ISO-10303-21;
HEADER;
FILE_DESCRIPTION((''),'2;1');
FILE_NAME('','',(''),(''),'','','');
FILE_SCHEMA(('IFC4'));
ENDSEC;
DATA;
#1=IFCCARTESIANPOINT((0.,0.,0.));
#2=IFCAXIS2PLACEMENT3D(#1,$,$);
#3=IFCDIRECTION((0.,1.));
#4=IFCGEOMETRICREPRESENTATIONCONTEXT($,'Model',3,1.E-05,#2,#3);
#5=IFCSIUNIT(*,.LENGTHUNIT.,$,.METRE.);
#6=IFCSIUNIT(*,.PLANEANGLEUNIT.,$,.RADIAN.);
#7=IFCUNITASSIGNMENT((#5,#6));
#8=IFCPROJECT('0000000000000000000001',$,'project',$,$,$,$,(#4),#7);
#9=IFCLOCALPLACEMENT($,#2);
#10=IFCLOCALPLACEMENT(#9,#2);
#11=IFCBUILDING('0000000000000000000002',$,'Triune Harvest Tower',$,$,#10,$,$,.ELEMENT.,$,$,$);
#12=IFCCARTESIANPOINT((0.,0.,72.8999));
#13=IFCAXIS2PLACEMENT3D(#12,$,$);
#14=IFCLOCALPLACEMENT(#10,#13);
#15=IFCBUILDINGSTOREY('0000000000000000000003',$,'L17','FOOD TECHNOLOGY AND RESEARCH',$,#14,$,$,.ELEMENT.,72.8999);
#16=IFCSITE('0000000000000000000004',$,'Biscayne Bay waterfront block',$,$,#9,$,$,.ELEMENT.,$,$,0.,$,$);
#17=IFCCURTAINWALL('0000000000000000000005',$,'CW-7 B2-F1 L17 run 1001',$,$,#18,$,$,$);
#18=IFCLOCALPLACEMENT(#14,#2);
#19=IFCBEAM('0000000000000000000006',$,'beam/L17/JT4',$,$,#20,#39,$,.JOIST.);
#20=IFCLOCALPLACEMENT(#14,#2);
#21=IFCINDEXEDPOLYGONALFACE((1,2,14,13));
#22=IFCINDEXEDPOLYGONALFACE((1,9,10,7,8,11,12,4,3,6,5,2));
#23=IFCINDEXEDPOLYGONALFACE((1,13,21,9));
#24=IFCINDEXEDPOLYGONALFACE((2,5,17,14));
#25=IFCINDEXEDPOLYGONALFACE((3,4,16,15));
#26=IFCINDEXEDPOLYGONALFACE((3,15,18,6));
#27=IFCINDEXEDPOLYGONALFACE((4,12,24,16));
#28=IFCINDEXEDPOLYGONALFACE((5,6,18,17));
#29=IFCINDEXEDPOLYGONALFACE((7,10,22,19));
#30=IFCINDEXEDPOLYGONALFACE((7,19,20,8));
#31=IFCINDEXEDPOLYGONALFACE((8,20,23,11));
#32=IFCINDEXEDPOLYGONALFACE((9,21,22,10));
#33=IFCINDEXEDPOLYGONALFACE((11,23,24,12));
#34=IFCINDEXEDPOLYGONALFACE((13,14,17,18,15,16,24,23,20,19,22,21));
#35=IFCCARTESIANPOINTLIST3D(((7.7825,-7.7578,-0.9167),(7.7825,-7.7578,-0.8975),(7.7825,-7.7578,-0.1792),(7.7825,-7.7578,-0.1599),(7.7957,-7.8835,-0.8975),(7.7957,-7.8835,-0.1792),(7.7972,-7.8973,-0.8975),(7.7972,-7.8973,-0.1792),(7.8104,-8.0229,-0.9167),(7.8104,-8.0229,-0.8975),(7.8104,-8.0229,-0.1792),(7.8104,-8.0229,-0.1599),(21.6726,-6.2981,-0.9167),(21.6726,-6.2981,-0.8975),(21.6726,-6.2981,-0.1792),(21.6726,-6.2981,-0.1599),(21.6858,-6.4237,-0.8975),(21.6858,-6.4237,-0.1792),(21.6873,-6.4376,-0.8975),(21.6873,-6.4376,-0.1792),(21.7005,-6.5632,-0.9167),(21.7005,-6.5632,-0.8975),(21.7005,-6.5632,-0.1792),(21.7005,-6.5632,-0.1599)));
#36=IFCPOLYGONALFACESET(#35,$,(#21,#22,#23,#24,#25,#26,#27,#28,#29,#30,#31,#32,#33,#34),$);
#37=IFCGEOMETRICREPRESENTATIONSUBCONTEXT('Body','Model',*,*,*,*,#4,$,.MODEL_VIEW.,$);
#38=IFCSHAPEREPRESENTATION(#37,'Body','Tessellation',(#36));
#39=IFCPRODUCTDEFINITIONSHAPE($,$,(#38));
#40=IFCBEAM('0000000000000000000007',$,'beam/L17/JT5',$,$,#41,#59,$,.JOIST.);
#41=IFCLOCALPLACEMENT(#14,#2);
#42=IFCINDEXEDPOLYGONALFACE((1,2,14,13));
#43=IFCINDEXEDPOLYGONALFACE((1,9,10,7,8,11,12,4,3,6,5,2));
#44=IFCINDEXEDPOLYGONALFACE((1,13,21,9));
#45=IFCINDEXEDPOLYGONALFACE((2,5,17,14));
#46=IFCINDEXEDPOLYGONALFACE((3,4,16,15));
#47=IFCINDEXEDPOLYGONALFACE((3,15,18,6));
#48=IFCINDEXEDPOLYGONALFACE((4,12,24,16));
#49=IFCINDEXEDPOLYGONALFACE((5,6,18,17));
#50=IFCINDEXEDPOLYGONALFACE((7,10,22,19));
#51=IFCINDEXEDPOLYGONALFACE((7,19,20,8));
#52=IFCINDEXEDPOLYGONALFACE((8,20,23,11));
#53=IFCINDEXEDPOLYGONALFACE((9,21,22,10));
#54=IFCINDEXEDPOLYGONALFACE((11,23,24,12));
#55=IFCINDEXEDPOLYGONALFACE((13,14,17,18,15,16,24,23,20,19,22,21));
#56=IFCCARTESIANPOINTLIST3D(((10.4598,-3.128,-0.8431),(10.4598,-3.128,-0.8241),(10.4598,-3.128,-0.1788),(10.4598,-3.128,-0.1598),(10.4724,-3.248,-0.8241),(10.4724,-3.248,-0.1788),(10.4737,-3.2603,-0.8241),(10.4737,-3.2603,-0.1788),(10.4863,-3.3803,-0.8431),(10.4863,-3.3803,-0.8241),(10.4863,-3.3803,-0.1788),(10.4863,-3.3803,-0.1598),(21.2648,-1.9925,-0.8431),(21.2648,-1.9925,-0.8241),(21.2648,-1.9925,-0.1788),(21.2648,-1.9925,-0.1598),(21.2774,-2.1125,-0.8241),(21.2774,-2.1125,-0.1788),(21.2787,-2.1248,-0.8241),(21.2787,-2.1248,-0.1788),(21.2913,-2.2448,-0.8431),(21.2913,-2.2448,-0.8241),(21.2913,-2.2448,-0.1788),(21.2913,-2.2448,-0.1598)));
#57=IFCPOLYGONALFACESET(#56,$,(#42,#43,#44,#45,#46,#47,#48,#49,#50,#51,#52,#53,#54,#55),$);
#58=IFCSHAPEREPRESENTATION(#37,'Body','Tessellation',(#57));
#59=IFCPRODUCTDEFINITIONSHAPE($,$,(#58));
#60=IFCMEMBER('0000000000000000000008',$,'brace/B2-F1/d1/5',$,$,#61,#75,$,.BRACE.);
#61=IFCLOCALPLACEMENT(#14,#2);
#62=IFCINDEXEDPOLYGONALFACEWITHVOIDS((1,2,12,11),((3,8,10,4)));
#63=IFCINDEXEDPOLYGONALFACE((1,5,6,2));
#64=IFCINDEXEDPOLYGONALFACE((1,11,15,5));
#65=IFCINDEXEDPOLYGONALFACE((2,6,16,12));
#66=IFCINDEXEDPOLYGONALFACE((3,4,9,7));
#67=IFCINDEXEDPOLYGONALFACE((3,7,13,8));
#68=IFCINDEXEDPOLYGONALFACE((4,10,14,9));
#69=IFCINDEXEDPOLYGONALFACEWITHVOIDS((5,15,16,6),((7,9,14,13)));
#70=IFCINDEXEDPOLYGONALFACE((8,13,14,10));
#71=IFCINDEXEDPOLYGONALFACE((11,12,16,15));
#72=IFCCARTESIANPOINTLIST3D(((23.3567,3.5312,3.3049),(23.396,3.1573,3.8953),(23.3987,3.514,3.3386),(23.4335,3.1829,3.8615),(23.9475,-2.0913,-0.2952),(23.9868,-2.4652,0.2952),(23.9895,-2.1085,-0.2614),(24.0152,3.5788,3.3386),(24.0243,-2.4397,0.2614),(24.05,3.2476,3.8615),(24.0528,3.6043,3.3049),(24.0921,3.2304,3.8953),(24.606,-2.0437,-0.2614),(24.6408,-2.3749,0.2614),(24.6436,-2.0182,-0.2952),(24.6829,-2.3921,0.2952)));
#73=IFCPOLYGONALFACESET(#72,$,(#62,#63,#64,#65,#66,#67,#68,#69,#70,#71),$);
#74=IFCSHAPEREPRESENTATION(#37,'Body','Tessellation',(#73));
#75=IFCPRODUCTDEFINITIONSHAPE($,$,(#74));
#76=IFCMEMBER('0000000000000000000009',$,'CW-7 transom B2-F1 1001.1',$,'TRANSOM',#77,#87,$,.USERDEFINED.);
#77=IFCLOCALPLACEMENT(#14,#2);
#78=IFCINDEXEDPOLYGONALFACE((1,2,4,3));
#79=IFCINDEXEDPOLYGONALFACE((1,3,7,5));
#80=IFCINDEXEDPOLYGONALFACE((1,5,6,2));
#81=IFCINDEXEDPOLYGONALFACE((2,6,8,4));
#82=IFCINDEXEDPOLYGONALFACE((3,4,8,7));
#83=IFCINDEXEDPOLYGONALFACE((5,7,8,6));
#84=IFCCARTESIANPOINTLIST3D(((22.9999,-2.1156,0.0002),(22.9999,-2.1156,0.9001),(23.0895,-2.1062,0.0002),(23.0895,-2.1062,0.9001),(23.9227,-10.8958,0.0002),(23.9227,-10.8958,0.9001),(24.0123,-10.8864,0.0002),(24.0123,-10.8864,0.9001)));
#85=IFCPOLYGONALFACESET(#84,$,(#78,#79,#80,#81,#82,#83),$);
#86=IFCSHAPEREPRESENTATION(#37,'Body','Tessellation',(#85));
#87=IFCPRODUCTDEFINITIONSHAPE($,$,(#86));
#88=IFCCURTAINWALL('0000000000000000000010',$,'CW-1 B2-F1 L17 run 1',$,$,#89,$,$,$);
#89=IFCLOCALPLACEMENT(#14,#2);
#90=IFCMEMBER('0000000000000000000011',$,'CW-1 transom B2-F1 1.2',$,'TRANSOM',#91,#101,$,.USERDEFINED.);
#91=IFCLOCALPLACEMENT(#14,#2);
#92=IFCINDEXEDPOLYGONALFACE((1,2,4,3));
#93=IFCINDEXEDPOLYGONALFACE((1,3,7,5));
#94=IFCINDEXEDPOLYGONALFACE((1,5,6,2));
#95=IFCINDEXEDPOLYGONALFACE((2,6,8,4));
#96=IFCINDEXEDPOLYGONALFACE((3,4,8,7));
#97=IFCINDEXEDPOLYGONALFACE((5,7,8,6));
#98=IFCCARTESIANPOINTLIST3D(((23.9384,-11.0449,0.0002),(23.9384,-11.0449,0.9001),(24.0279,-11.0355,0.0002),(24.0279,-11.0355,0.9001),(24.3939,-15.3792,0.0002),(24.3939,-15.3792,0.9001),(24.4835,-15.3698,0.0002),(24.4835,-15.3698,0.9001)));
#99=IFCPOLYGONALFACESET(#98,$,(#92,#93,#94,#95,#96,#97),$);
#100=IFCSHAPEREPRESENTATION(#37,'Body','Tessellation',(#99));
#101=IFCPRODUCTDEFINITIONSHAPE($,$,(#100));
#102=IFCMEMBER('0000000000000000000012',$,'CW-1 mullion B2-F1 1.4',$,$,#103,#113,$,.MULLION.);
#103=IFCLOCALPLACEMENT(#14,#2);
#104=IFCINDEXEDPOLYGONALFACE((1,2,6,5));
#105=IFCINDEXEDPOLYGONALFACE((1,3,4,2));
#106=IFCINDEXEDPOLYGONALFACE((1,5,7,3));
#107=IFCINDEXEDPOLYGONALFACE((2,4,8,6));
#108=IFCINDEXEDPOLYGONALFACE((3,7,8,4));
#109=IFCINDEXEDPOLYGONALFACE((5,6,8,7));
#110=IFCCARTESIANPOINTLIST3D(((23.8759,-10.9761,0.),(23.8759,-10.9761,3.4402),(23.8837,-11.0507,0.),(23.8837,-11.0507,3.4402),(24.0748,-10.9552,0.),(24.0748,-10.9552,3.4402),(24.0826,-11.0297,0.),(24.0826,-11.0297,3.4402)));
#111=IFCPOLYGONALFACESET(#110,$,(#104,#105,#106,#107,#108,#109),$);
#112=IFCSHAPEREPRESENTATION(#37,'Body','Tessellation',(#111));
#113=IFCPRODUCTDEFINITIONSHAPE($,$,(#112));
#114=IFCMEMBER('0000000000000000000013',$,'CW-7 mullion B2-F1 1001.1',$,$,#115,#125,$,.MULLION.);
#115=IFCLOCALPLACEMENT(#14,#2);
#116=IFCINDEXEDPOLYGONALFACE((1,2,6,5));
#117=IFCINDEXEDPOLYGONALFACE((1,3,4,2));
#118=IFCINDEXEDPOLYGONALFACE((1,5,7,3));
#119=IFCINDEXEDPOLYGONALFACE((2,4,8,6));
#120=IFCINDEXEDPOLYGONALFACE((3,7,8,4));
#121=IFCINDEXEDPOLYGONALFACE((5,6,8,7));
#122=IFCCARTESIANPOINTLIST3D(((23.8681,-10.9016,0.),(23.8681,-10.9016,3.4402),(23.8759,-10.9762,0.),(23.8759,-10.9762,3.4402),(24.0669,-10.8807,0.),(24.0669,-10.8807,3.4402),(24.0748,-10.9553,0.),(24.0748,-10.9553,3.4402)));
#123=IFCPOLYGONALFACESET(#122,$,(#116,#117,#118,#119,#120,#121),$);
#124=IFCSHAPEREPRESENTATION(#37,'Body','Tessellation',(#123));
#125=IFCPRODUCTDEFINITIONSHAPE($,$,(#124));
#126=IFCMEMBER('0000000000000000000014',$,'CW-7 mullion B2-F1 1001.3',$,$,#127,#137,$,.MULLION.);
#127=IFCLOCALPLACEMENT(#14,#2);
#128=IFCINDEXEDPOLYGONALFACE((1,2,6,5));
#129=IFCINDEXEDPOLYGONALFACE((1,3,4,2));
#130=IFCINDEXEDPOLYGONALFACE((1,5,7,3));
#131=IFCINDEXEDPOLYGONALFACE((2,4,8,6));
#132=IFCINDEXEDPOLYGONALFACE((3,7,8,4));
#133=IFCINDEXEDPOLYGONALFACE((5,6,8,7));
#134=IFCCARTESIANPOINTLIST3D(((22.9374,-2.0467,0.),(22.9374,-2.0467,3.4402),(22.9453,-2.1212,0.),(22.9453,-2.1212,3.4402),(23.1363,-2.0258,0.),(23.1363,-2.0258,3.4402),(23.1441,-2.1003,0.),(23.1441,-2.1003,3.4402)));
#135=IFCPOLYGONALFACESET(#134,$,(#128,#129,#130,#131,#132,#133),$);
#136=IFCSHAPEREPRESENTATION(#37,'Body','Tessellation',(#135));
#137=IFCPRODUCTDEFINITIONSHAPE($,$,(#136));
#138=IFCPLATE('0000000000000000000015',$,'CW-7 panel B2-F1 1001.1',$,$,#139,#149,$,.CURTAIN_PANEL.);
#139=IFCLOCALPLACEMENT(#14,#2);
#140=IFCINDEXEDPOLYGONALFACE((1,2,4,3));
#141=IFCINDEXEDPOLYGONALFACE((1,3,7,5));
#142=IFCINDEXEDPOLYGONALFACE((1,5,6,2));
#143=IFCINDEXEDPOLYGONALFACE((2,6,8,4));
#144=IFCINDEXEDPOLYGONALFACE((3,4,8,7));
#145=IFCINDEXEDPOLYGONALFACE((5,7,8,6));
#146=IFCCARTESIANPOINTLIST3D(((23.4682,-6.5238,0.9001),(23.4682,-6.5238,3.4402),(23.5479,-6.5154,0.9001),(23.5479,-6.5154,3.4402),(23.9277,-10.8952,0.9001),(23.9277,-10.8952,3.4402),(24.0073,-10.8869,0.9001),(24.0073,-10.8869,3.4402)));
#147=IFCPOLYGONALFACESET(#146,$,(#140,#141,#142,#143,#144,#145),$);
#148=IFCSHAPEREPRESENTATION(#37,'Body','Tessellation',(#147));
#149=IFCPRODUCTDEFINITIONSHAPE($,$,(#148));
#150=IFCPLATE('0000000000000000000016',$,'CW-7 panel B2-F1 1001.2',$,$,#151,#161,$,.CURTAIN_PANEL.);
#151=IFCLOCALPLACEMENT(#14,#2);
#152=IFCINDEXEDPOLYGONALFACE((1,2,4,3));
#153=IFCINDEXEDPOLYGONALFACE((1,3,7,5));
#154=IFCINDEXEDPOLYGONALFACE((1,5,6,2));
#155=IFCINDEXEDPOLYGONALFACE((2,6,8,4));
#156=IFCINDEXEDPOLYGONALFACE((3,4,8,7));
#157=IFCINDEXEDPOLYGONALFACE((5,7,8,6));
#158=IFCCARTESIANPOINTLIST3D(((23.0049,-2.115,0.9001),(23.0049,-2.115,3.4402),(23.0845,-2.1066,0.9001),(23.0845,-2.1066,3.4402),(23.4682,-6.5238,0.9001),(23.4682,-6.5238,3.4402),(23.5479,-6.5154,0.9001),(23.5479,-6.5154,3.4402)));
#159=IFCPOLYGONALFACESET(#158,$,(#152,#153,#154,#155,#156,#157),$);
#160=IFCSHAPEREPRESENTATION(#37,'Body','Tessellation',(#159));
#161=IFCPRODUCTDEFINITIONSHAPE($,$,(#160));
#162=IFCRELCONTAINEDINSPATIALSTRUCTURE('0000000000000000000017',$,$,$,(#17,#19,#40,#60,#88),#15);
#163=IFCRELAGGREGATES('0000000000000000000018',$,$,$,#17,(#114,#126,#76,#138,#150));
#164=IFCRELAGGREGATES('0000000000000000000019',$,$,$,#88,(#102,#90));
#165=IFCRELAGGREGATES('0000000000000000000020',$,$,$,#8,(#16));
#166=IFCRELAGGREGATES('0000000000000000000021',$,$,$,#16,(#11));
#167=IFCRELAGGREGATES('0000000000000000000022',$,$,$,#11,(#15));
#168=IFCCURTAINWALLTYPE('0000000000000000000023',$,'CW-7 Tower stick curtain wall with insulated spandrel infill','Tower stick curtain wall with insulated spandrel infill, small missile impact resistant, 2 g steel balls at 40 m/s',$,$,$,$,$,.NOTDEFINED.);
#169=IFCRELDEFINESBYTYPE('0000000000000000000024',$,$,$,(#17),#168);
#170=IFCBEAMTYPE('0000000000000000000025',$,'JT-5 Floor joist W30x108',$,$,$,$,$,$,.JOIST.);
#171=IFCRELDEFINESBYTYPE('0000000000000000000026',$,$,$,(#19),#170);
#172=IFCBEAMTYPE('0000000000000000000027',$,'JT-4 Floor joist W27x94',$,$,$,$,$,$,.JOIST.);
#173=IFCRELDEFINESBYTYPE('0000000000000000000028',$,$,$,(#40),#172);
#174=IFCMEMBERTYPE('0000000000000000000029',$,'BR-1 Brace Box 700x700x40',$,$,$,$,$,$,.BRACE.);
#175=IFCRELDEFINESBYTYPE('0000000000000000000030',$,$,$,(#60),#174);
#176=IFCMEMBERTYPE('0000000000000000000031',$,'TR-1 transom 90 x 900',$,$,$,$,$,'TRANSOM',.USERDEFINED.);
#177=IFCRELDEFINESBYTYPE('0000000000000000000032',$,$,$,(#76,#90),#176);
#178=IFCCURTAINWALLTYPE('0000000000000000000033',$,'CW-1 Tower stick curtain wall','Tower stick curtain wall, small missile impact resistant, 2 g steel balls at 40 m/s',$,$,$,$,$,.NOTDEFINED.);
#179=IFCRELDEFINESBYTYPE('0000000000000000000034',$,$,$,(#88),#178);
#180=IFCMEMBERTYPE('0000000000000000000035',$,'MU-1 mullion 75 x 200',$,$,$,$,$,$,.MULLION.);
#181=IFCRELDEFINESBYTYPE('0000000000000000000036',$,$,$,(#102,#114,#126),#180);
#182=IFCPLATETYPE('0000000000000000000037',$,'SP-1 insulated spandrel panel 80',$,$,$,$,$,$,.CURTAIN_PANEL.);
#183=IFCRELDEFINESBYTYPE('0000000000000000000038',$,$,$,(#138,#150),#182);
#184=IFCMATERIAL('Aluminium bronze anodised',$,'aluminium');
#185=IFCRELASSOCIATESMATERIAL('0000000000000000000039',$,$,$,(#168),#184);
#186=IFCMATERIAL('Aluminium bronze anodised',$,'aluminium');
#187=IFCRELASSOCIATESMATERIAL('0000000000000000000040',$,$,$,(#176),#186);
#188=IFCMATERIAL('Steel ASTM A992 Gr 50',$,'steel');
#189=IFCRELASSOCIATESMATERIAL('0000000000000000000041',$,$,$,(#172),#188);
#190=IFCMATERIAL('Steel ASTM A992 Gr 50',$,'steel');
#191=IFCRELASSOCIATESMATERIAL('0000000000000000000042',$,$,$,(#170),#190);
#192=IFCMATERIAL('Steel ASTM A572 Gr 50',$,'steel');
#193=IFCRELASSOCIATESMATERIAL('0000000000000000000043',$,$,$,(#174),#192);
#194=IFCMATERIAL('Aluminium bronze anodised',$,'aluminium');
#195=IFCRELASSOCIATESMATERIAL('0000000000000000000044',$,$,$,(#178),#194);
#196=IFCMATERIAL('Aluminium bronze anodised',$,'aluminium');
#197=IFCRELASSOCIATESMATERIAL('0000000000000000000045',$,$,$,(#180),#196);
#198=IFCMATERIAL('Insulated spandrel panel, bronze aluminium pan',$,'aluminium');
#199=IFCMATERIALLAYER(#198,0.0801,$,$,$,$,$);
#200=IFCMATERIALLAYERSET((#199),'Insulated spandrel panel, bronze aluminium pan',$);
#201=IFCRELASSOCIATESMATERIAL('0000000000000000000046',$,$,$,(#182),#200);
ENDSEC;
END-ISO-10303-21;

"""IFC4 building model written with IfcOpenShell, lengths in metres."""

from ifc_helpers import new_model, si_unit, direction, frame, origin, origin_2d, place, context, subcontext, project, spatial, rectangle, hollow_rectangle, i_section, extrude, source, transform, mapped, material, layer, layer_set, material_profile, profile_set, type_object, element, aggregate, save


model = new_model("IFC4")

# Units and contexts
model_context = context("Model", 3, precision=1e-05, world=origin(), true_north=direction((0.0, 1.0)))
body_context = subcontext(model_context, "Body", "Model", "MODEL_VIEW")
ifc_project = project(units=[si_unit("LENGTHUNIT", "METRE"), si_unit("PLANEANGLEUNIT", "RADIAN")], contexts=[model_context])

# Site, building, storey
site_placement = place(None, origin())
site = spatial("IfcSite", under=ifc_project, at=site_placement, Name="Biscayne Bay waterfront block", CompositionType="ELEMENT", RefElevation=0.0)
building_placement = place(site_placement, origin())
building = spatial("IfcBuilding", under=site, at=building_placement, Name="Triune Harvest Tower", CompositionType="ELEMENT")
storey_placement = place(building_placement, frame((0.0, 0.0, 72.8999)))
storey = spatial("IfcBuildingStorey", under=building, at=storey_placement, Name="L17", Description="FOOD TECHNOLOGY AND RESEARCH", CompositionType="ELEMENT", Elevation=72.8999)

# Curtain wall
ifc_material_1 = material(Name="Aluminium bronze anodised", Category="aluminium")
curtain_wall_type_1 = type_object("IfcCurtainWallType", Name="CW-7 Tower stick curtain wall with insulated spandrel infill", Description="Tower stick curtain wall with insulated spandrel infill, small missile impact resistant, 2 g steel balls at 40 m/s", PredefinedType="NOTDEFINED", material=ifc_material_1)
curtain_wall_1_placement = place(storey_placement, origin())
curtain_wall_1 = element("IfcCurtainWall", 1, at=curtain_wall_1_placement, inside=storey, type_object=curtain_wall_type_1, Name="CW-7 B2-F1 L17 run 1001")
ifc_material_2 = material(Name="Aluminium bronze anodised", Category="aluminium")
ifc_material_profile_1 = material_profile(ifc_material_2, rectangle(XDim=0.0901, YDim=0.8999, at=origin_2d()), Name="TR-1 transom 90 x 900")
ifc_profile_set_1 = profile_set([ifc_material_profile_1], Name="Aluminium bronze anodised")
member_type_1 = type_object("IfcMemberType", Name="TR-1 transom 90 x 900", ElementType="TRANSOM", PredefinedType="USERDEFINED", material=ifc_profile_set_1)

# Beams
ifc_material_3 = material(Name="Steel ASTM A992 Gr 50", Category="steel")
ifc_material_profile_2 = material_profile(ifc_material_3, i_section(OverallWidth=0.2537, OverallDepth=0.6833, WebThickness=0.0125, FlangeThickness=0.019, at=origin_2d()), Name="W27x94")
ifc_profile_set_2 = profile_set([ifc_material_profile_2], Name="Steel ASTM A992 Gr 50")
beam_type_1 = type_object("IfcBeamType", Name="JT-4 Floor joist W27x94", PredefinedType="JOIST", material=ifc_profile_set_2)
ifc_material_4 = material(Name="Steel ASTM A992 Gr 50", Category="steel")
ifc_material_profile_3 = material_profile(ifc_material_4, i_section(OverallWidth=0.2666, OverallDepth=0.7568, WebThickness=0.0139, FlangeThickness=0.0193, at=origin_2d()), Name="W30x108")
ifc_profile_set_3 = profile_set([ifc_material_profile_3], Name="Steel ASTM A992 Gr 50")
beam_type_2 = type_object("IfcBeamType", Name="JT-5 Floor joist W30x108", PredefinedType="JOIST", material=ifc_profile_set_3)
shared_shape_1 = source(origin(), body_context, "Body", "SweptSolid", [
    extrude(i_section(OverallWidth=0.2666, OverallDepth=0.7568, WebThickness=0.0139, FlangeThickness=0.0193, at=origin_2d()), origin(), (0.0, 0.0, 1.0), 13.9666),
])
beam_1_placement = place(storey_placement, frame((21.6865, -6.4307, -0.5383), z_axis=(-0.994523, -0.104515, 0.0), x_axis=(0.104515, -0.994523, 0.0)))
element("IfcBeam", 2, at=beam_1_placement, inside=storey, type_object=beam_type_2, Name="beam/L17/JT4", PredefinedType="JOIST", context=body_context, shape_type="MappedRepresentation", body=[
    mapped(shared_shape_1, transform((0.0, 0.0, 0.0), scale=1.0)),
])
shared_shape_2 = source(origin(), body_context, "Body", "SweptSolid", [
    extrude(i_section(OverallWidth=0.2537, OverallDepth=0.6833, WebThickness=0.0125, FlangeThickness=0.019, at=origin_2d()), origin(), (0.0, 0.0, 1.0), 10.8645),
])
beam_2_placement = place(storey_placement, frame((21.2781, -2.1187, -0.5015), z_axis=(-0.994523, -0.104515, 0.0), x_axis=(0.104515, -0.994523, 0.0)))
element("IfcBeam", 3, at=beam_2_placement, inside=storey, type_object=beam_type_1, Name="beam/L17/JT5", PredefinedType="JOIST", context=body_context, shape_type="MappedRepresentation", body=[
    mapped(shared_shape_2, transform((0.0, 0.0, 0.0), scale=1.0)),
])

# Members
ifc_material_5 = material(Name="Steel ASTM A572 Gr 50", Category="steel")
ifc_material_profile_4 = material_profile(ifc_material_5, hollow_rectangle(XDim=0.7, YDim=0.7, WallThickness=0.04, at=origin_2d()), Name="Box 700x700x40")
ifc_profile_set_4 = profile_set([ifc_material_profile_4], Name="Steel ASTM A572 Gr 50")
member_type_2 = type_object("IfcMemberType", Name="BR-1 Brace Box 700x700x40", PredefinedType="BRACE", material=ifc_profile_set_4)
shared_shape_3 = source(origin(), body_context, "Body", "SweptSolid", [
    extrude(hollow_rectangle(XDim=0.7, YDim=0.7, WallThickness=0.04, at=origin_2d()), origin(), (0.0, 0.0, 1.0), 6.7024),
])
member_1_placement = place(storey_placement, frame((24.3152, -2.2417, 0.0), z_axis=(-0.08815, 0.83888, 0.537131), x_axis=(-0.994524, -0.104505, 0.0)))
element("IfcMember", 4, at=member_1_placement, inside=storey, type_object=member_type_2, Name="brace/B2-F1/d1/5", PredefinedType="BRACE", context=body_context, shape_type="MappedRepresentation", body=[
    mapped(shared_shape_3, transform((0.0, 0.0, 0.0), scale=1.0)),
])
shared_shape_4 = source(origin(), body_context, "Body", "SweptSolid", [
    extrude(rectangle(XDim=0.0901, YDim=0.8999, at=origin_2d()), origin(), (0.0, 0.0, 1.0), 8.8286),
])
member_2_placement = place(storey_placement, frame((23.9675, -10.8911, 0.4502), z_axis=(-0.104529, 0.994522, 0.0), x_axis=(-0.994522, -0.104529, 0.0)))
member_2 = element("IfcMember", 5, at=member_2_placement, type_object=member_type_1, Name="CW-7 transom B2-F1 1001.1", ObjectType="TRANSOM", PredefinedType="USERDEFINED", context=body_context, shape_type="MappedRepresentation", body=[
    mapped(shared_shape_4, transform((0.0, 0.0, 0.0), scale=1.0)),
])

# Curtain wall, members
ifc_material_6 = material(Name="Aluminium bronze anodised", Category="aluminium")
curtain_wall_type_2 = type_object("IfcCurtainWallType", Name="CW-1 Tower stick curtain wall", Description="Tower stick curtain wall, small missile impact resistant, 2 g steel balls at 40 m/s", PredefinedType="NOTDEFINED", material=ifc_material_6)
curtain_wall_2_placement = place(storey_placement, origin())
curtain_wall_2 = element("IfcCurtainWall", 6, at=curtain_wall_2_placement, inside=storey, type_object=curtain_wall_type_2, Name="CW-1 B2-F1 L17 run 1")
shared_shape_5 = source(origin(), body_context, "Body", "SweptSolid", [
    extrude(rectangle(XDim=0.0901, YDim=0.8999, at=origin_2d()), origin(), (0.0, 0.0, 1.0), 4.3582),
])
member_3_placement = place(storey_placement, frame((24.4387, -15.3745, 0.4502), z_axis=(-0.104533, 0.994521, 0.0), x_axis=(-0.994521, -0.104533, 0.0)))
member_3 = element("IfcMember", 7, at=member_3_placement, type_object=member_type_1, Name="CW-1 transom B2-F1 1.2", ObjectType="TRANSOM", PredefinedType="USERDEFINED", context=body_context, shape_type="MappedRepresentation", body=[
    mapped(shared_shape_5, transform((0.0, 0.0, 0.0), scale=1.0)),
])
ifc_material_7 = material(Name="Aluminium bronze anodised", Category="aluminium")
ifc_material_profile_5 = material_profile(ifc_material_7, rectangle(XDim=0.2, YDim=0.075, at=origin_2d()), Name="MU-1 mullion 75 x 200")
ifc_profile_set_5 = profile_set([ifc_material_profile_5], Name="Aluminium bronze anodised")
member_type_3 = type_object("IfcMemberType", Name="MU-1 mullion 75 x 200", PredefinedType="MULLION", material=ifc_profile_set_5)
shared_shape_6 = source(origin(), body_context, "Body", "SweptSolid", [
    extrude(rectangle(XDim=0.2, YDim=0.075, at=origin_2d()), origin(), (0.0, 0.0, 1.0), 3.4402),
])
member_4_placement = place(storey_placement, frame((23.9792, -11.0029, 0.0), z_axis=(0.0, 0.0, 1.0), x_axis=(-0.994522, -0.104527, 0.0)))
member_4 = element("IfcMember", 8, at=member_4_placement, type_object=member_type_3, Name="CW-1 mullion B2-F1 1.4", PredefinedType="MULLION", context=body_context, shape_type="MappedRepresentation", body=[
    mapped(shared_shape_6, transform((0.0, 0.0, 0.0), scale=1.0)),
])

# Members
member_5_placement = place(storey_placement, frame((23.9714, -10.9285, 0.0), z_axis=(0.0, 0.0, 1.0), x_axis=(-0.994522, -0.104528, 0.0)))
member_5 = element("IfcMember", 9, at=member_5_placement, type_object=member_type_3, Name="CW-7 mullion B2-F1 1001.1", PredefinedType="MULLION", context=body_context, shape_type="MappedRepresentation", body=[
    mapped(shared_shape_6, transform((0.0, 0.0, 0.0), scale=1.0)),
])
member_6_placement = place(storey_placement, frame((23.0408, -2.0735, 0.0), z_axis=(0.0, 0.0, 1.0), x_axis=(-0.994522, -0.104528, 0.0)))
member_6 = element("IfcMember", 10, at=member_6_placement, type_object=member_type_3, Name="CW-7 mullion B2-F1 1001.3", PredefinedType="MULLION", context=body_context, shape_type="MappedRepresentation", body=[
    mapped(shared_shape_6, transform((0.0, 0.0, 0.0), scale=1.0)),
])

# Plates
ifc_material_8 = material(Name="Insulated spandrel panel, bronze aluminium pan", Category="aluminium")
ifc_layer_1 = layer(ifc_material_8, 0.0801)
ifc_layer_set_1 = layer_set([ifc_layer_1], Name="Insulated spandrel panel, bronze aluminium pan")
plate_type_1 = type_object("IfcPlateType", Name="SP-1 insulated spandrel panel 80", PredefinedType="CURTAIN_PANEL", material=ifc_layer_set_1)
shared_shape_7 = source(origin(), body_context, "Body", "SweptSolid", [
    extrude(rectangle(XDim=4.3955, YDim=0.0801, at=origin_2d()), origin(), (0.0, 0.0, 1.0), 2.54),
])
plate_1_placement = place(storey_placement, frame((23.7378, -8.7053, 0.9001), z_axis=(0.0, 0.0, 1.0), x_axis=(-0.104528, 0.994522, 0.0)))
plate_1 = element("IfcPlate", 11, at=plate_1_placement, type_object=plate_type_1, Name="CW-7 panel B2-F1 1001.1", PredefinedType="CURTAIN_PANEL", context=body_context, shape_type="MappedRepresentation", body=[
    mapped(shared_shape_7, transform((0.0, 0.0, 0.0), scale=1.0)),
])
shared_shape_8 = source(origin(), body_context, "Body", "SweptSolid", [
    extrude(rectangle(XDim=4.4331, YDim=0.0801, at=origin_2d()), origin(), (0.0, 0.0, 1.0), 2.54),
])
plate_2_placement = place(storey_placement, frame((23.2764, -4.3152, 0.9001), z_axis=(0.0, 0.0, 1.0), x_axis=(-0.104528, 0.994522, 0.0)))
plate_2 = element("IfcPlate", 12, at=plate_2_placement, type_object=plate_type_1, Name="CW-7 panel B2-F1 1001.2", PredefinedType="CURTAIN_PANEL", context=body_context, shape_type="MappedRepresentation", body=[
    mapped(shared_shape_8, transform((0.0, 0.0, 0.0), scale=1.0)),
])
aggregate(curtain_wall_1, [member_5, member_6, member_2, plate_1, plate_2])
aggregate(curtain_wall_2, [member_4, member_3])

save(model, "model.ifc")
